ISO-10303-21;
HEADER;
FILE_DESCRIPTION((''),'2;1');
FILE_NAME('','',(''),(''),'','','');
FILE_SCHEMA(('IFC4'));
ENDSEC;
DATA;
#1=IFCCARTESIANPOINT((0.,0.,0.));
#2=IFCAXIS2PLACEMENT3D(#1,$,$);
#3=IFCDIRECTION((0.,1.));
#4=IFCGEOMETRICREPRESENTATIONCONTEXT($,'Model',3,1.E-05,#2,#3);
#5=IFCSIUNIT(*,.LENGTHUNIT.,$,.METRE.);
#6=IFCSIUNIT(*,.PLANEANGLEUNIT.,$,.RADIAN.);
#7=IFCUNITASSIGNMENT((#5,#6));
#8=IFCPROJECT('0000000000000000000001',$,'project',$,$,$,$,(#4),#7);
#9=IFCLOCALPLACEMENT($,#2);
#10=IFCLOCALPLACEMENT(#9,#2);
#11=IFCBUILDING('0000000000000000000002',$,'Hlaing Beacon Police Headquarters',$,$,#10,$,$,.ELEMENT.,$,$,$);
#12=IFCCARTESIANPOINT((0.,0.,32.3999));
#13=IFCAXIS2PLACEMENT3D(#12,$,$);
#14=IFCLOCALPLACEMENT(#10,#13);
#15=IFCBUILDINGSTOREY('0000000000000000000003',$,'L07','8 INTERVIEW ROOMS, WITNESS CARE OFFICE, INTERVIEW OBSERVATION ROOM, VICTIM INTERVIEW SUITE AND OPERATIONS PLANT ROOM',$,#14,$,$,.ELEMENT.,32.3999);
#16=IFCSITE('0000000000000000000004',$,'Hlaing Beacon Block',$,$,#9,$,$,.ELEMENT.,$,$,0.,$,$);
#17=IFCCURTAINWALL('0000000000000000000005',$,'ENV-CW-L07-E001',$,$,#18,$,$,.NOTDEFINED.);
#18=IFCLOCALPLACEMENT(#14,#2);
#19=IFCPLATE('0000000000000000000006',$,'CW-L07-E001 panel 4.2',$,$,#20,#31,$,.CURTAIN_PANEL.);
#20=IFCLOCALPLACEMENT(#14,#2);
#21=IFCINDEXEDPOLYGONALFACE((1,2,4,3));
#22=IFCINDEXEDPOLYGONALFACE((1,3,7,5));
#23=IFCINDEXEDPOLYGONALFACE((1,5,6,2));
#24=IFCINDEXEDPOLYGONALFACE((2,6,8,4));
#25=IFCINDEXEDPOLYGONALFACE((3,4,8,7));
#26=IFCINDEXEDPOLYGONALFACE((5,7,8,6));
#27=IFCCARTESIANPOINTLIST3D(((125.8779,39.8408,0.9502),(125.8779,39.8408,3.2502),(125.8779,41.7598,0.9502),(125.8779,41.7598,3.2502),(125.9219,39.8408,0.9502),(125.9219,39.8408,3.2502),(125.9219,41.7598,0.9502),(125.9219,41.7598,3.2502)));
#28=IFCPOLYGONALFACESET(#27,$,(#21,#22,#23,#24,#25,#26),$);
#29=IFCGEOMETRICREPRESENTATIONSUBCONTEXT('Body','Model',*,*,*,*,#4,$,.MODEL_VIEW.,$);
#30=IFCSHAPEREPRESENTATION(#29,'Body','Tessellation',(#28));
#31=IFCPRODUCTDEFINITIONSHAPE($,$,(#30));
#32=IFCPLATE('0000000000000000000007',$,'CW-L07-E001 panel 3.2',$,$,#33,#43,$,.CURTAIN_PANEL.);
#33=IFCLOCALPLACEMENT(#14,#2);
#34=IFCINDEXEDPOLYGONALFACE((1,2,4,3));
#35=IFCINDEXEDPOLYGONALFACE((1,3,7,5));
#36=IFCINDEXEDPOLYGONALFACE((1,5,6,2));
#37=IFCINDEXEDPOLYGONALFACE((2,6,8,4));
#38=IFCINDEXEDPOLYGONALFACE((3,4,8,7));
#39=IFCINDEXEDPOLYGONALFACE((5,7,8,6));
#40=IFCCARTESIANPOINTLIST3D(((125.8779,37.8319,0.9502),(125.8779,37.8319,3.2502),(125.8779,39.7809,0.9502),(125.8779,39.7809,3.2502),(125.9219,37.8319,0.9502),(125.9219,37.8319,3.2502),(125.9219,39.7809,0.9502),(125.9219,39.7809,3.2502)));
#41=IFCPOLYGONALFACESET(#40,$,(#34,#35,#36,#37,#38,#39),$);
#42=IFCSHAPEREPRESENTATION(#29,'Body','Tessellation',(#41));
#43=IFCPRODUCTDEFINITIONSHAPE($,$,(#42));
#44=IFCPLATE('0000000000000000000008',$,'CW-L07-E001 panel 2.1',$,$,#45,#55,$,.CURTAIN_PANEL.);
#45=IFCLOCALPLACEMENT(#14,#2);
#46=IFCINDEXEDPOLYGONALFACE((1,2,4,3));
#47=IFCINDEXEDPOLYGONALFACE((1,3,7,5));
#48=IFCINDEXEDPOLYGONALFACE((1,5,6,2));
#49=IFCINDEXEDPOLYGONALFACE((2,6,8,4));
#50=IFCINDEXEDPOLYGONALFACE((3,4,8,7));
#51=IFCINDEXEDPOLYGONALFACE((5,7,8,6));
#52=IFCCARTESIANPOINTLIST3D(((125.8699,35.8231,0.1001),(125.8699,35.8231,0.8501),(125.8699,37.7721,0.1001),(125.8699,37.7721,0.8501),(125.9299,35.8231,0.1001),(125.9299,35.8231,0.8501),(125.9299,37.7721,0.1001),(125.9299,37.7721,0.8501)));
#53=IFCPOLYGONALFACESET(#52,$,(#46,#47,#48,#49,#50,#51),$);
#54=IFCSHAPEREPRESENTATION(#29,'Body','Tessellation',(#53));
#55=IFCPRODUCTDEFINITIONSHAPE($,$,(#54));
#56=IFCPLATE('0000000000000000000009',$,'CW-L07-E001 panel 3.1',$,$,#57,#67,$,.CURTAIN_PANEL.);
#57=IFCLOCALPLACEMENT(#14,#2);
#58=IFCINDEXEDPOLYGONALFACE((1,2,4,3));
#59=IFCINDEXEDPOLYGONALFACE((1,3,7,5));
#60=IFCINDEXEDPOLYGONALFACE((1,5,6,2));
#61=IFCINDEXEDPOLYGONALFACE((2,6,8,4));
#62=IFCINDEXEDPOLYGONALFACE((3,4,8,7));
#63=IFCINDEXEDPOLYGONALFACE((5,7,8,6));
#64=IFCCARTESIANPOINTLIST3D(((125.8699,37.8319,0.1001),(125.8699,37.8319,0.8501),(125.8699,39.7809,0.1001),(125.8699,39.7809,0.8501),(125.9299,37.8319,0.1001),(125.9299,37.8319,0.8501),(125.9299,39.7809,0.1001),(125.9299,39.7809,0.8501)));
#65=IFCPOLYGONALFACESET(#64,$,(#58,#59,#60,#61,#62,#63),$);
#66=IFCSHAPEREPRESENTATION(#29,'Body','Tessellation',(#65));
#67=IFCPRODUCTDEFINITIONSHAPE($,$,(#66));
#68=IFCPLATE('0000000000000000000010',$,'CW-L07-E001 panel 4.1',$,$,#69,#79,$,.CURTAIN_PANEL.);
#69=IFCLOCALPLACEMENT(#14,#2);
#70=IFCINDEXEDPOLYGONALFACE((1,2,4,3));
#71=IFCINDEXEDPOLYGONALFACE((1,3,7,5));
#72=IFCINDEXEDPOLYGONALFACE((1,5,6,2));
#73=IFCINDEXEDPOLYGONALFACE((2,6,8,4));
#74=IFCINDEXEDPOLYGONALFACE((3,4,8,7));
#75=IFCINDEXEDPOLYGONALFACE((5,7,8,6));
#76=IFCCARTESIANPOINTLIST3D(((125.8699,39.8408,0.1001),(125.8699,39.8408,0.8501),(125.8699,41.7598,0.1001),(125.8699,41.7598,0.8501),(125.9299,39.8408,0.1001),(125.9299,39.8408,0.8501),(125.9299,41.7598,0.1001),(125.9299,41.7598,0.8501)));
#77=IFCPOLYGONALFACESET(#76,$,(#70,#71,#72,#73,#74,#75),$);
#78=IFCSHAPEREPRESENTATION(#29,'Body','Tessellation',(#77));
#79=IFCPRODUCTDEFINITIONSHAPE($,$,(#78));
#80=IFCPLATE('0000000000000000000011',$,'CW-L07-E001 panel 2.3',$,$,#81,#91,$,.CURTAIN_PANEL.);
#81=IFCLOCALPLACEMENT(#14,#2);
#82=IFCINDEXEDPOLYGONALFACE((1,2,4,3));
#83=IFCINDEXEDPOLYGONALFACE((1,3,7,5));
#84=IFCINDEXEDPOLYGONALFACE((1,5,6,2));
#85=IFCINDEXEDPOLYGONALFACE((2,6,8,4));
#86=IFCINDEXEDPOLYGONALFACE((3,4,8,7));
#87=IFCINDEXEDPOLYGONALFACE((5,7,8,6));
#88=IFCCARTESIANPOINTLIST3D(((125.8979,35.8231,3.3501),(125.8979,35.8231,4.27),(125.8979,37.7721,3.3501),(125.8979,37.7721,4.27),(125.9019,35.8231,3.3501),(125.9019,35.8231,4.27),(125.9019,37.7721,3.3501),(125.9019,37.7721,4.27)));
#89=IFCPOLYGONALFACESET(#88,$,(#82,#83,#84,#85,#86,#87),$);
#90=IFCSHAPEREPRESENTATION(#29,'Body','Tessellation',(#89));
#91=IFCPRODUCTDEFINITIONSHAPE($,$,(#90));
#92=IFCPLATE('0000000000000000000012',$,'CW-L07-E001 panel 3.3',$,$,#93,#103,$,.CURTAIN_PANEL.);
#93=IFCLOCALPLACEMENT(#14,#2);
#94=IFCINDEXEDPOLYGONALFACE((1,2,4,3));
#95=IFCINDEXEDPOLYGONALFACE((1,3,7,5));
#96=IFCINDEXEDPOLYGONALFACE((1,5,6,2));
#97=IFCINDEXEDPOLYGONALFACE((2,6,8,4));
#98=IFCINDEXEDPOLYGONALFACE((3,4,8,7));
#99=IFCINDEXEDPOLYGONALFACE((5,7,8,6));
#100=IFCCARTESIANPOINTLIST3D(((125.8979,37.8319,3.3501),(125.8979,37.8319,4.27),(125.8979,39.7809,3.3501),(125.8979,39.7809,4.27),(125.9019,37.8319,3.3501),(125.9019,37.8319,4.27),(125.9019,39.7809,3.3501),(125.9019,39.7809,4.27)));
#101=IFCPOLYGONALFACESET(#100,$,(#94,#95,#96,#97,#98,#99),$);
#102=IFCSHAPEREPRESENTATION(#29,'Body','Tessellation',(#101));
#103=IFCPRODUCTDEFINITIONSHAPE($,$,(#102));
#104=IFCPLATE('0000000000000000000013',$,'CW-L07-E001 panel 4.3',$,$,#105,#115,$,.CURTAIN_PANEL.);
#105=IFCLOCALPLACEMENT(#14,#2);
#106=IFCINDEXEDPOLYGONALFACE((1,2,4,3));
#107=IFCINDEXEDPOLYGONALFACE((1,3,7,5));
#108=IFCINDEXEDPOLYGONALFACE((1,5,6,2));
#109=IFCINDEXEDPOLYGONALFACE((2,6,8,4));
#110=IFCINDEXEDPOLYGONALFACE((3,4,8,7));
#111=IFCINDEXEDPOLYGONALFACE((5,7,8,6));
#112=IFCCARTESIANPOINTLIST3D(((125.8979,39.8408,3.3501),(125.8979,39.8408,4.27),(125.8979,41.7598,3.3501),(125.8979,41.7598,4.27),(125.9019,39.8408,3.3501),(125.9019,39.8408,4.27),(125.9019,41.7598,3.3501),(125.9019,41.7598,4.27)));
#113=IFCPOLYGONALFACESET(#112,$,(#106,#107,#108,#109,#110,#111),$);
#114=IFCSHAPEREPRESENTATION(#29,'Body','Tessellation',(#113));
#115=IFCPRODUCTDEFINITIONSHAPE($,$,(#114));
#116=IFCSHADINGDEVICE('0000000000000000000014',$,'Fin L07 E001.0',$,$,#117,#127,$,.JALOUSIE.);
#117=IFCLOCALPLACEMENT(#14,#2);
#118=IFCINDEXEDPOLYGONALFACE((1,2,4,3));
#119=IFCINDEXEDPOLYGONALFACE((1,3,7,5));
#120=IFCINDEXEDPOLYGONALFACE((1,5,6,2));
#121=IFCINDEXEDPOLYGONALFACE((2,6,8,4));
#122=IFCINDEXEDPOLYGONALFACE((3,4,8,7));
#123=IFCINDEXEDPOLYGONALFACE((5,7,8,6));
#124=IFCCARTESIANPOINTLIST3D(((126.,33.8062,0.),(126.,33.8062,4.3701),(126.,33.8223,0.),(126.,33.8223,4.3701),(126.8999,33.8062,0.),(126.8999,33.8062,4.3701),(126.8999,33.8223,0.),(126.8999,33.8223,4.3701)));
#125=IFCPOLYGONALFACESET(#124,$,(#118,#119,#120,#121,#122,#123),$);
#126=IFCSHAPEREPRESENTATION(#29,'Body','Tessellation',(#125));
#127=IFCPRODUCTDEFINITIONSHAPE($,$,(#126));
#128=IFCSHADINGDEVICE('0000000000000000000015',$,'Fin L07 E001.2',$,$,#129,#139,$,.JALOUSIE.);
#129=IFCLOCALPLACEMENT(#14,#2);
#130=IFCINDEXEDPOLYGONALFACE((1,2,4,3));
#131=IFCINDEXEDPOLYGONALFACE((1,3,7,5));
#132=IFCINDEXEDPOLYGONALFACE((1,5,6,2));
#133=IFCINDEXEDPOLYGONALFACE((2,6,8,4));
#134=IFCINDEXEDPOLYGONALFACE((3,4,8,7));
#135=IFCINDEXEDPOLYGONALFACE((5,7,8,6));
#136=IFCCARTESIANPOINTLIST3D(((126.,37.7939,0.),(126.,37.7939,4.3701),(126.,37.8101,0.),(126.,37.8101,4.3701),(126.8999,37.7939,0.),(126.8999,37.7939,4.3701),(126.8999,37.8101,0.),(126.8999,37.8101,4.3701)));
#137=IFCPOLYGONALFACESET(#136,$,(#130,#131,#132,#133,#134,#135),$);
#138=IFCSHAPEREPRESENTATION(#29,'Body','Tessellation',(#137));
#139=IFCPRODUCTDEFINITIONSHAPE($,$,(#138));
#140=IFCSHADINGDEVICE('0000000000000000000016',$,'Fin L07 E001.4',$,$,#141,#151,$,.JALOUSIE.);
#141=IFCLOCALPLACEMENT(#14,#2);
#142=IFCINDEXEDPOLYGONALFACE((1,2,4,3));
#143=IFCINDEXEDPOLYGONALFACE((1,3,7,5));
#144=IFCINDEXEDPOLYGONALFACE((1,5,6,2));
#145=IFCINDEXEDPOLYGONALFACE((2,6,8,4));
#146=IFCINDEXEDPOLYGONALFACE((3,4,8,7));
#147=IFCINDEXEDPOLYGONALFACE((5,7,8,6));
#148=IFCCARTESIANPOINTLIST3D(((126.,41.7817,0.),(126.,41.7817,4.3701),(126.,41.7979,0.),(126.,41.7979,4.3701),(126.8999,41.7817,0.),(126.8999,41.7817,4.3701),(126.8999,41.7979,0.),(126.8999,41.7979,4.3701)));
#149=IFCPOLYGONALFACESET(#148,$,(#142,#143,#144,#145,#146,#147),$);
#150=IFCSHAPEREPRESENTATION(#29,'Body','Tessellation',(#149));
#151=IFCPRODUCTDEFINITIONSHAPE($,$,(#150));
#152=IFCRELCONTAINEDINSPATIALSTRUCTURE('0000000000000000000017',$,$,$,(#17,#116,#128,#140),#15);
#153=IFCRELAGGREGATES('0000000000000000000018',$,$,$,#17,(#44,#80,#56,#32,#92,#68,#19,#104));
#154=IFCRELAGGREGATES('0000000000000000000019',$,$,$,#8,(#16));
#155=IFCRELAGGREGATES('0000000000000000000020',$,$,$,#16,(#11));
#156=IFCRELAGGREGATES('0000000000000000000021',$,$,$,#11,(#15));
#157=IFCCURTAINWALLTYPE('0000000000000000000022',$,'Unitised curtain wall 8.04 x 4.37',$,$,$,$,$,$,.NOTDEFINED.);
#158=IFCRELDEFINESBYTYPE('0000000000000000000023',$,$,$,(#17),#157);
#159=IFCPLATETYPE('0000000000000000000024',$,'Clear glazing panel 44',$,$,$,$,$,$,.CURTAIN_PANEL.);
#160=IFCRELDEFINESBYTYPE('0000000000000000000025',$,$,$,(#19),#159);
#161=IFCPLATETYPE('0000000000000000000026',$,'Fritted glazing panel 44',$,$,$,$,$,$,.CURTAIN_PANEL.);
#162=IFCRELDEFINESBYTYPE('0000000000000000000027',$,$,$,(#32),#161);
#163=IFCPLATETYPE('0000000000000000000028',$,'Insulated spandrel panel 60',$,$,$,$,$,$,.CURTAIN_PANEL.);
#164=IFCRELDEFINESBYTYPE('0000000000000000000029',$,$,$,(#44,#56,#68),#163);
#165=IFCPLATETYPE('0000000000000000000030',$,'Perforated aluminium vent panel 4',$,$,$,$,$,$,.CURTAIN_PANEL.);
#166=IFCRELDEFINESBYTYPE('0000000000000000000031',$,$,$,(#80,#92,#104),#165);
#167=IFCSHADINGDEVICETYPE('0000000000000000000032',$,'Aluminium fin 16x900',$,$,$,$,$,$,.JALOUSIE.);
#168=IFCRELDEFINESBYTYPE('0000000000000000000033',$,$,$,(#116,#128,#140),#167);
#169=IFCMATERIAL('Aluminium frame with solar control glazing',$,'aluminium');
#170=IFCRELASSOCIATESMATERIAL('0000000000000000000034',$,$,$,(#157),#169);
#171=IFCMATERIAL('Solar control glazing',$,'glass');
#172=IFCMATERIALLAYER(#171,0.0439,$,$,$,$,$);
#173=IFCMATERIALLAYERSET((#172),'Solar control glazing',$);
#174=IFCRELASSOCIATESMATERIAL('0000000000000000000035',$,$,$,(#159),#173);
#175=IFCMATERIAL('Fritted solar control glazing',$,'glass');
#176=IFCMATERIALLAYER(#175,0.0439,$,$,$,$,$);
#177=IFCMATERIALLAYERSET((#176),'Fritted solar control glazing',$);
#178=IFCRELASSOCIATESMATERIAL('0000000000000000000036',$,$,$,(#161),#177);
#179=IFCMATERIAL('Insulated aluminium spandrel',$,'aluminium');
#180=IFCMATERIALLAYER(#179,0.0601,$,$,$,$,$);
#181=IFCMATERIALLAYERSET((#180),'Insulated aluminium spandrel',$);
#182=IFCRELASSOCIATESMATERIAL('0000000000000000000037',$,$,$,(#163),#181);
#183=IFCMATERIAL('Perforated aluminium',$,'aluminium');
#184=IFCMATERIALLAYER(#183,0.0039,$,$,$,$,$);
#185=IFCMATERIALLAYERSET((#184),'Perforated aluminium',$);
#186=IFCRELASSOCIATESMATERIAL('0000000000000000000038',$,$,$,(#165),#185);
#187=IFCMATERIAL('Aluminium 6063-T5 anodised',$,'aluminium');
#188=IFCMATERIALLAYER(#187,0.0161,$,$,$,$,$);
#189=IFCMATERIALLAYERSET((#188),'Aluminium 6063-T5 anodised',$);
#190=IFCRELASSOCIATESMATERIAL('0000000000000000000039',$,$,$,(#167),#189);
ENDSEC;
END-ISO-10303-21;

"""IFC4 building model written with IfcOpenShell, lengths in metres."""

from ifc_helpers import new_model, si_unit, direction, frame, origin, origin_2d, place, context, subcontext, project, spatial, rectangle, extrude, material, layer, layer_set, type_object, element, aggregate, save


model = new_model("IFC4")

# Units and contexts
model_context = context("Model", 3, precision=1e-05, world=origin(), true_north=direction((0.0, 1.0)))
body_context = subcontext(model_context, "Body", "Model", "MODEL_VIEW")
ifc_project = project(units=[si_unit("LENGTHUNIT", "METRE"), si_unit("PLANEANGLEUNIT", "RADIAN")], contexts=[model_context])

# Site, building, storey
site_placement = place(None, origin())
site = spatial("IfcSite", under=ifc_project, at=site_placement, Name="Hlaing Beacon Block", CompositionType="ELEMENT", RefElevation=0.0)
building_placement = place(site_placement, origin())
building = spatial("IfcBuilding", under=site, at=building_placement, Name="Hlaing Beacon Police Headquarters", CompositionType="ELEMENT")
storey_placement = place(building_placement, frame((0.0, 0.0, 32.3999)))
storey = spatial("IfcBuildingStorey", under=building, at=storey_placement, Name="L07", Description="8 INTERVIEW ROOMS, WITNESS CARE OFFICE, INTERVIEW OBSERVATION ROOM, VICTIM INTERVIEW SUITE AND OPERATIONS PLANT ROOM", CompositionType="ELEMENT", Elevation=32.3999)

# Curtain wall, plates
ifc_material_1 = material(Name="Aluminium frame with solar control glazing", Category="aluminium")
curtain_wall_type = type_object("IfcCurtainWallType", Name="Unitised curtain wall 8.04 x 4.37", PredefinedType="NOTDEFINED", material=ifc_material_1)
curtain_wall_placement = place(storey_placement, origin())
curtain_wall = element("IfcCurtainWall", 1, at=curtain_wall_placement, inside=storey, type_object=curtain_wall_type, Name="ENV-CW-L07-E001", PredefinedType="NOTDEFINED")
ifc_material_2 = material(Name="Solar control glazing", Category="glass")
ifc_layer_1 = layer(ifc_material_2, 0.0439)
ifc_layer_set_1 = layer_set([ifc_layer_1], Name="Solar control glazing")
plate_type_1 = type_object("IfcPlateType", Name="Clear glazing panel 44", PredefinedType="CURTAIN_PANEL", material=ifc_layer_set_1)
plate_1_placement = place(storey_placement, frame((125.8999, 40.8003, 0.9502), z_axis=(0.0, 0.0, 1.0), x_axis=(0.0, 1.0, 0.0)))
plate_1 = element("IfcPlate", 2, at=plate_1_placement, type_object=plate_type_1, Name="CW-L07-E001 panel 4.2", PredefinedType="CURTAIN_PANEL", context=body_context, shape_type="SweptSolid", body=[
    extrude(rectangle(XDim=1.9189, YDim=0.0439, at=origin_2d()), origin(), (0.0, 0.0, 1.0), 2.3),
])
ifc_material_3 = material(Name="Fritted solar control glazing", Category="glass")
ifc_layer_2 = layer(ifc_material_3, 0.0439)
ifc_layer_set_2 = layer_set([ifc_layer_2], Name="Fritted solar control glazing")
plate_type_2 = type_object("IfcPlateType", Name="Fritted glazing panel 44", PredefinedType="CURTAIN_PANEL", material=ifc_layer_set_2)
plate_2_placement = place(storey_placement, frame((125.8999, 38.8064, 0.9502), z_axis=(0.0, 0.0, 1.0), x_axis=(0.0, 1.0, 0.0)))
plate_2 = element("IfcPlate", 3, at=plate_2_placement, type_object=plate_type_2, Name="CW-L07-E001 panel 3.2", PredefinedType="CURTAIN_PANEL", context=body_context, shape_type="SweptSolid", body=[
    extrude(rectangle(XDim=1.949, YDim=0.0439, at=origin_2d()), origin(), (0.0, 0.0, 1.0), 2.3),
])
ifc_material_4 = material(Name="Insulated aluminium spandrel", Category="aluminium")
ifc_layer_3 = layer(ifc_material_4, 0.0601)
ifc_layer_set_3 = layer_set([ifc_layer_3], Name="Insulated aluminium spandrel")
plate_type_3 = type_object("IfcPlateType", Name="Insulated spandrel panel 60", PredefinedType="CURTAIN_PANEL", material=ifc_layer_set_3)
plate_3_placement = place(storey_placement, frame((125.8999, 36.7976, 0.1001), z_axis=(0.0, 0.0, 1.0), x_axis=(0.0, 1.0, 0.0)))
plate_3 = element("IfcPlate", 4, at=plate_3_placement, type_object=plate_type_3, Name="CW-L07-E001 panel 2.1", PredefinedType="CURTAIN_PANEL", context=body_context, shape_type="SweptSolid", body=[
    extrude(rectangle(XDim=1.949, YDim=0.0601, at=origin_2d()), origin(), (0.0, 0.0, 1.0), 0.75),
])
plate_4_placement = place(storey_placement, frame((125.8999, 38.8064, 0.1001), z_axis=(0.0, 0.0, 1.0), x_axis=(0.0, 1.0, 0.0)))
plate_4 = element("IfcPlate", 5, at=plate_4_placement, type_object=plate_type_3, Name="CW-L07-E001 panel 3.1", PredefinedType="CURTAIN_PANEL", context=body_context, shape_type="SweptSolid", body=[
    extrude(rectangle(XDim=1.949, YDim=0.0601, at=origin_2d()), origin(), (0.0, 0.0, 1.0), 0.75),
])
plate_5_placement = place(storey_placement, frame((125.8999, 40.8003, 0.1001), z_axis=(0.0, 0.0, 1.0), x_axis=(0.0, 1.0, 0.0)))
plate_5 = element("IfcPlate", 6, at=plate_5_placement, type_object=plate_type_3, Name="CW-L07-E001 panel 4.1", PredefinedType="CURTAIN_PANEL", context=body_context, shape_type="SweptSolid", body=[
    extrude(rectangle(XDim=1.9189, YDim=0.0601, at=origin_2d()), origin(), (0.0, 0.0, 1.0), 0.75),
])
ifc_material_5 = material(Name="Perforated aluminium", Category="aluminium")
ifc_layer_4 = layer(ifc_material_5, 0.0039)
ifc_layer_set_4 = layer_set([ifc_layer_4], Name="Perforated aluminium")
plate_type_4 = type_object("IfcPlateType", Name="Perforated aluminium vent panel 4", PredefinedType="CURTAIN_PANEL", material=ifc_layer_set_4)
plate_6_placement = place(storey_placement, frame((125.8999, 36.7976, 3.3501), z_axis=(0.0, 0.0, 1.0), x_axis=(0.0, 1.0, 0.0)))
plate_6 = element("IfcPlate", 7, at=plate_6_placement, type_object=plate_type_4, Name="CW-L07-E001 panel 2.3", PredefinedType="CURTAIN_PANEL", context=body_context, shape_type="SweptSolid", body=[
    extrude(rectangle(XDim=1.949, YDim=0.0039, at=origin_2d()), origin(), (0.0, 0.0, 1.0), 0.9199),
])
plate_7_placement = place(storey_placement, frame((125.8999, 38.8064, 3.3501), z_axis=(0.0, 0.0, 1.0), x_axis=(0.0, 1.0, 0.0)))
plate_7 = element("IfcPlate", 8, at=plate_7_placement, type_object=plate_type_4, Name="CW-L07-E001 panel 3.3", PredefinedType="CURTAIN_PANEL", context=body_context, shape_type="SweptSolid", body=[
    extrude(rectangle(XDim=1.949, YDim=0.0039, at=origin_2d()), origin(), (0.0, 0.0, 1.0), 0.9199),
])
plate_8_placement = place(storey_placement, frame((125.8999, 40.8003, 3.3501), z_axis=(0.0, 0.0, 1.0), x_axis=(0.0, 1.0, 0.0)))
plate_8 = element("IfcPlate", 9, at=plate_8_placement, type_object=plate_type_4, Name="CW-L07-E001 panel 4.3", PredefinedType="CURTAIN_PANEL", context=body_context, shape_type="SweptSolid", body=[
    extrude(rectangle(XDim=1.9189, YDim=0.0039, at=origin_2d()), origin(), (0.0, 0.0, 1.0), 0.9199),
])
aggregate(curtain_wall, [plate_3, plate_6, plate_4, plate_2, plate_7, plate_5, plate_1, plate_8])

# Shading devices
ifc_material_6 = material(Name="Aluminium 6063-T5 anodised", Category="aluminium")
ifc_layer_5 = layer(ifc_material_6, 0.0161)
ifc_layer_set_5 = layer_set([ifc_layer_5], Name="Aluminium 6063-T5 anodised")
shading_device_type = type_object("IfcShadingDeviceType", Name="Aluminium fin 16x900", PredefinedType="JALOUSIE", material=ifc_layer_set_5)
for number, where, z_axis, x_axis, name in (
    (10, (126.45, 33.8142, 0.0), (0.0, 0.0, 1.0), (0.0, 1.0, 0.0), "Fin L07 E001.0"),
    (11, (126.45, 37.802, 0.0), (0.0, 0.0, 1.0), (0.0, 1.0, 0.0), "Fin L07 E001.2"),
    (12, (126.45, 41.7898, 0.0), (0.0, 0.0, 1.0), (0.0, 1.0, 0.0), "Fin L07 E001.4"),
):
    element("IfcShadingDevice", number, at=place(storey_placement, frame(where, z_axis=z_axis, x_axis=x_axis)), inside=storey, type_object=shading_device_type, Name=name, PredefinedType="JALOUSIE", context=body_context, shape_type="SweptSolid", body=[
        extrude(rectangle(XDim=0.0161, YDim=0.8999, at=origin_2d()), origin(), (0.0, 0.0, 1.0), 4.3701),
    ])

save(model, "model.ifc")
